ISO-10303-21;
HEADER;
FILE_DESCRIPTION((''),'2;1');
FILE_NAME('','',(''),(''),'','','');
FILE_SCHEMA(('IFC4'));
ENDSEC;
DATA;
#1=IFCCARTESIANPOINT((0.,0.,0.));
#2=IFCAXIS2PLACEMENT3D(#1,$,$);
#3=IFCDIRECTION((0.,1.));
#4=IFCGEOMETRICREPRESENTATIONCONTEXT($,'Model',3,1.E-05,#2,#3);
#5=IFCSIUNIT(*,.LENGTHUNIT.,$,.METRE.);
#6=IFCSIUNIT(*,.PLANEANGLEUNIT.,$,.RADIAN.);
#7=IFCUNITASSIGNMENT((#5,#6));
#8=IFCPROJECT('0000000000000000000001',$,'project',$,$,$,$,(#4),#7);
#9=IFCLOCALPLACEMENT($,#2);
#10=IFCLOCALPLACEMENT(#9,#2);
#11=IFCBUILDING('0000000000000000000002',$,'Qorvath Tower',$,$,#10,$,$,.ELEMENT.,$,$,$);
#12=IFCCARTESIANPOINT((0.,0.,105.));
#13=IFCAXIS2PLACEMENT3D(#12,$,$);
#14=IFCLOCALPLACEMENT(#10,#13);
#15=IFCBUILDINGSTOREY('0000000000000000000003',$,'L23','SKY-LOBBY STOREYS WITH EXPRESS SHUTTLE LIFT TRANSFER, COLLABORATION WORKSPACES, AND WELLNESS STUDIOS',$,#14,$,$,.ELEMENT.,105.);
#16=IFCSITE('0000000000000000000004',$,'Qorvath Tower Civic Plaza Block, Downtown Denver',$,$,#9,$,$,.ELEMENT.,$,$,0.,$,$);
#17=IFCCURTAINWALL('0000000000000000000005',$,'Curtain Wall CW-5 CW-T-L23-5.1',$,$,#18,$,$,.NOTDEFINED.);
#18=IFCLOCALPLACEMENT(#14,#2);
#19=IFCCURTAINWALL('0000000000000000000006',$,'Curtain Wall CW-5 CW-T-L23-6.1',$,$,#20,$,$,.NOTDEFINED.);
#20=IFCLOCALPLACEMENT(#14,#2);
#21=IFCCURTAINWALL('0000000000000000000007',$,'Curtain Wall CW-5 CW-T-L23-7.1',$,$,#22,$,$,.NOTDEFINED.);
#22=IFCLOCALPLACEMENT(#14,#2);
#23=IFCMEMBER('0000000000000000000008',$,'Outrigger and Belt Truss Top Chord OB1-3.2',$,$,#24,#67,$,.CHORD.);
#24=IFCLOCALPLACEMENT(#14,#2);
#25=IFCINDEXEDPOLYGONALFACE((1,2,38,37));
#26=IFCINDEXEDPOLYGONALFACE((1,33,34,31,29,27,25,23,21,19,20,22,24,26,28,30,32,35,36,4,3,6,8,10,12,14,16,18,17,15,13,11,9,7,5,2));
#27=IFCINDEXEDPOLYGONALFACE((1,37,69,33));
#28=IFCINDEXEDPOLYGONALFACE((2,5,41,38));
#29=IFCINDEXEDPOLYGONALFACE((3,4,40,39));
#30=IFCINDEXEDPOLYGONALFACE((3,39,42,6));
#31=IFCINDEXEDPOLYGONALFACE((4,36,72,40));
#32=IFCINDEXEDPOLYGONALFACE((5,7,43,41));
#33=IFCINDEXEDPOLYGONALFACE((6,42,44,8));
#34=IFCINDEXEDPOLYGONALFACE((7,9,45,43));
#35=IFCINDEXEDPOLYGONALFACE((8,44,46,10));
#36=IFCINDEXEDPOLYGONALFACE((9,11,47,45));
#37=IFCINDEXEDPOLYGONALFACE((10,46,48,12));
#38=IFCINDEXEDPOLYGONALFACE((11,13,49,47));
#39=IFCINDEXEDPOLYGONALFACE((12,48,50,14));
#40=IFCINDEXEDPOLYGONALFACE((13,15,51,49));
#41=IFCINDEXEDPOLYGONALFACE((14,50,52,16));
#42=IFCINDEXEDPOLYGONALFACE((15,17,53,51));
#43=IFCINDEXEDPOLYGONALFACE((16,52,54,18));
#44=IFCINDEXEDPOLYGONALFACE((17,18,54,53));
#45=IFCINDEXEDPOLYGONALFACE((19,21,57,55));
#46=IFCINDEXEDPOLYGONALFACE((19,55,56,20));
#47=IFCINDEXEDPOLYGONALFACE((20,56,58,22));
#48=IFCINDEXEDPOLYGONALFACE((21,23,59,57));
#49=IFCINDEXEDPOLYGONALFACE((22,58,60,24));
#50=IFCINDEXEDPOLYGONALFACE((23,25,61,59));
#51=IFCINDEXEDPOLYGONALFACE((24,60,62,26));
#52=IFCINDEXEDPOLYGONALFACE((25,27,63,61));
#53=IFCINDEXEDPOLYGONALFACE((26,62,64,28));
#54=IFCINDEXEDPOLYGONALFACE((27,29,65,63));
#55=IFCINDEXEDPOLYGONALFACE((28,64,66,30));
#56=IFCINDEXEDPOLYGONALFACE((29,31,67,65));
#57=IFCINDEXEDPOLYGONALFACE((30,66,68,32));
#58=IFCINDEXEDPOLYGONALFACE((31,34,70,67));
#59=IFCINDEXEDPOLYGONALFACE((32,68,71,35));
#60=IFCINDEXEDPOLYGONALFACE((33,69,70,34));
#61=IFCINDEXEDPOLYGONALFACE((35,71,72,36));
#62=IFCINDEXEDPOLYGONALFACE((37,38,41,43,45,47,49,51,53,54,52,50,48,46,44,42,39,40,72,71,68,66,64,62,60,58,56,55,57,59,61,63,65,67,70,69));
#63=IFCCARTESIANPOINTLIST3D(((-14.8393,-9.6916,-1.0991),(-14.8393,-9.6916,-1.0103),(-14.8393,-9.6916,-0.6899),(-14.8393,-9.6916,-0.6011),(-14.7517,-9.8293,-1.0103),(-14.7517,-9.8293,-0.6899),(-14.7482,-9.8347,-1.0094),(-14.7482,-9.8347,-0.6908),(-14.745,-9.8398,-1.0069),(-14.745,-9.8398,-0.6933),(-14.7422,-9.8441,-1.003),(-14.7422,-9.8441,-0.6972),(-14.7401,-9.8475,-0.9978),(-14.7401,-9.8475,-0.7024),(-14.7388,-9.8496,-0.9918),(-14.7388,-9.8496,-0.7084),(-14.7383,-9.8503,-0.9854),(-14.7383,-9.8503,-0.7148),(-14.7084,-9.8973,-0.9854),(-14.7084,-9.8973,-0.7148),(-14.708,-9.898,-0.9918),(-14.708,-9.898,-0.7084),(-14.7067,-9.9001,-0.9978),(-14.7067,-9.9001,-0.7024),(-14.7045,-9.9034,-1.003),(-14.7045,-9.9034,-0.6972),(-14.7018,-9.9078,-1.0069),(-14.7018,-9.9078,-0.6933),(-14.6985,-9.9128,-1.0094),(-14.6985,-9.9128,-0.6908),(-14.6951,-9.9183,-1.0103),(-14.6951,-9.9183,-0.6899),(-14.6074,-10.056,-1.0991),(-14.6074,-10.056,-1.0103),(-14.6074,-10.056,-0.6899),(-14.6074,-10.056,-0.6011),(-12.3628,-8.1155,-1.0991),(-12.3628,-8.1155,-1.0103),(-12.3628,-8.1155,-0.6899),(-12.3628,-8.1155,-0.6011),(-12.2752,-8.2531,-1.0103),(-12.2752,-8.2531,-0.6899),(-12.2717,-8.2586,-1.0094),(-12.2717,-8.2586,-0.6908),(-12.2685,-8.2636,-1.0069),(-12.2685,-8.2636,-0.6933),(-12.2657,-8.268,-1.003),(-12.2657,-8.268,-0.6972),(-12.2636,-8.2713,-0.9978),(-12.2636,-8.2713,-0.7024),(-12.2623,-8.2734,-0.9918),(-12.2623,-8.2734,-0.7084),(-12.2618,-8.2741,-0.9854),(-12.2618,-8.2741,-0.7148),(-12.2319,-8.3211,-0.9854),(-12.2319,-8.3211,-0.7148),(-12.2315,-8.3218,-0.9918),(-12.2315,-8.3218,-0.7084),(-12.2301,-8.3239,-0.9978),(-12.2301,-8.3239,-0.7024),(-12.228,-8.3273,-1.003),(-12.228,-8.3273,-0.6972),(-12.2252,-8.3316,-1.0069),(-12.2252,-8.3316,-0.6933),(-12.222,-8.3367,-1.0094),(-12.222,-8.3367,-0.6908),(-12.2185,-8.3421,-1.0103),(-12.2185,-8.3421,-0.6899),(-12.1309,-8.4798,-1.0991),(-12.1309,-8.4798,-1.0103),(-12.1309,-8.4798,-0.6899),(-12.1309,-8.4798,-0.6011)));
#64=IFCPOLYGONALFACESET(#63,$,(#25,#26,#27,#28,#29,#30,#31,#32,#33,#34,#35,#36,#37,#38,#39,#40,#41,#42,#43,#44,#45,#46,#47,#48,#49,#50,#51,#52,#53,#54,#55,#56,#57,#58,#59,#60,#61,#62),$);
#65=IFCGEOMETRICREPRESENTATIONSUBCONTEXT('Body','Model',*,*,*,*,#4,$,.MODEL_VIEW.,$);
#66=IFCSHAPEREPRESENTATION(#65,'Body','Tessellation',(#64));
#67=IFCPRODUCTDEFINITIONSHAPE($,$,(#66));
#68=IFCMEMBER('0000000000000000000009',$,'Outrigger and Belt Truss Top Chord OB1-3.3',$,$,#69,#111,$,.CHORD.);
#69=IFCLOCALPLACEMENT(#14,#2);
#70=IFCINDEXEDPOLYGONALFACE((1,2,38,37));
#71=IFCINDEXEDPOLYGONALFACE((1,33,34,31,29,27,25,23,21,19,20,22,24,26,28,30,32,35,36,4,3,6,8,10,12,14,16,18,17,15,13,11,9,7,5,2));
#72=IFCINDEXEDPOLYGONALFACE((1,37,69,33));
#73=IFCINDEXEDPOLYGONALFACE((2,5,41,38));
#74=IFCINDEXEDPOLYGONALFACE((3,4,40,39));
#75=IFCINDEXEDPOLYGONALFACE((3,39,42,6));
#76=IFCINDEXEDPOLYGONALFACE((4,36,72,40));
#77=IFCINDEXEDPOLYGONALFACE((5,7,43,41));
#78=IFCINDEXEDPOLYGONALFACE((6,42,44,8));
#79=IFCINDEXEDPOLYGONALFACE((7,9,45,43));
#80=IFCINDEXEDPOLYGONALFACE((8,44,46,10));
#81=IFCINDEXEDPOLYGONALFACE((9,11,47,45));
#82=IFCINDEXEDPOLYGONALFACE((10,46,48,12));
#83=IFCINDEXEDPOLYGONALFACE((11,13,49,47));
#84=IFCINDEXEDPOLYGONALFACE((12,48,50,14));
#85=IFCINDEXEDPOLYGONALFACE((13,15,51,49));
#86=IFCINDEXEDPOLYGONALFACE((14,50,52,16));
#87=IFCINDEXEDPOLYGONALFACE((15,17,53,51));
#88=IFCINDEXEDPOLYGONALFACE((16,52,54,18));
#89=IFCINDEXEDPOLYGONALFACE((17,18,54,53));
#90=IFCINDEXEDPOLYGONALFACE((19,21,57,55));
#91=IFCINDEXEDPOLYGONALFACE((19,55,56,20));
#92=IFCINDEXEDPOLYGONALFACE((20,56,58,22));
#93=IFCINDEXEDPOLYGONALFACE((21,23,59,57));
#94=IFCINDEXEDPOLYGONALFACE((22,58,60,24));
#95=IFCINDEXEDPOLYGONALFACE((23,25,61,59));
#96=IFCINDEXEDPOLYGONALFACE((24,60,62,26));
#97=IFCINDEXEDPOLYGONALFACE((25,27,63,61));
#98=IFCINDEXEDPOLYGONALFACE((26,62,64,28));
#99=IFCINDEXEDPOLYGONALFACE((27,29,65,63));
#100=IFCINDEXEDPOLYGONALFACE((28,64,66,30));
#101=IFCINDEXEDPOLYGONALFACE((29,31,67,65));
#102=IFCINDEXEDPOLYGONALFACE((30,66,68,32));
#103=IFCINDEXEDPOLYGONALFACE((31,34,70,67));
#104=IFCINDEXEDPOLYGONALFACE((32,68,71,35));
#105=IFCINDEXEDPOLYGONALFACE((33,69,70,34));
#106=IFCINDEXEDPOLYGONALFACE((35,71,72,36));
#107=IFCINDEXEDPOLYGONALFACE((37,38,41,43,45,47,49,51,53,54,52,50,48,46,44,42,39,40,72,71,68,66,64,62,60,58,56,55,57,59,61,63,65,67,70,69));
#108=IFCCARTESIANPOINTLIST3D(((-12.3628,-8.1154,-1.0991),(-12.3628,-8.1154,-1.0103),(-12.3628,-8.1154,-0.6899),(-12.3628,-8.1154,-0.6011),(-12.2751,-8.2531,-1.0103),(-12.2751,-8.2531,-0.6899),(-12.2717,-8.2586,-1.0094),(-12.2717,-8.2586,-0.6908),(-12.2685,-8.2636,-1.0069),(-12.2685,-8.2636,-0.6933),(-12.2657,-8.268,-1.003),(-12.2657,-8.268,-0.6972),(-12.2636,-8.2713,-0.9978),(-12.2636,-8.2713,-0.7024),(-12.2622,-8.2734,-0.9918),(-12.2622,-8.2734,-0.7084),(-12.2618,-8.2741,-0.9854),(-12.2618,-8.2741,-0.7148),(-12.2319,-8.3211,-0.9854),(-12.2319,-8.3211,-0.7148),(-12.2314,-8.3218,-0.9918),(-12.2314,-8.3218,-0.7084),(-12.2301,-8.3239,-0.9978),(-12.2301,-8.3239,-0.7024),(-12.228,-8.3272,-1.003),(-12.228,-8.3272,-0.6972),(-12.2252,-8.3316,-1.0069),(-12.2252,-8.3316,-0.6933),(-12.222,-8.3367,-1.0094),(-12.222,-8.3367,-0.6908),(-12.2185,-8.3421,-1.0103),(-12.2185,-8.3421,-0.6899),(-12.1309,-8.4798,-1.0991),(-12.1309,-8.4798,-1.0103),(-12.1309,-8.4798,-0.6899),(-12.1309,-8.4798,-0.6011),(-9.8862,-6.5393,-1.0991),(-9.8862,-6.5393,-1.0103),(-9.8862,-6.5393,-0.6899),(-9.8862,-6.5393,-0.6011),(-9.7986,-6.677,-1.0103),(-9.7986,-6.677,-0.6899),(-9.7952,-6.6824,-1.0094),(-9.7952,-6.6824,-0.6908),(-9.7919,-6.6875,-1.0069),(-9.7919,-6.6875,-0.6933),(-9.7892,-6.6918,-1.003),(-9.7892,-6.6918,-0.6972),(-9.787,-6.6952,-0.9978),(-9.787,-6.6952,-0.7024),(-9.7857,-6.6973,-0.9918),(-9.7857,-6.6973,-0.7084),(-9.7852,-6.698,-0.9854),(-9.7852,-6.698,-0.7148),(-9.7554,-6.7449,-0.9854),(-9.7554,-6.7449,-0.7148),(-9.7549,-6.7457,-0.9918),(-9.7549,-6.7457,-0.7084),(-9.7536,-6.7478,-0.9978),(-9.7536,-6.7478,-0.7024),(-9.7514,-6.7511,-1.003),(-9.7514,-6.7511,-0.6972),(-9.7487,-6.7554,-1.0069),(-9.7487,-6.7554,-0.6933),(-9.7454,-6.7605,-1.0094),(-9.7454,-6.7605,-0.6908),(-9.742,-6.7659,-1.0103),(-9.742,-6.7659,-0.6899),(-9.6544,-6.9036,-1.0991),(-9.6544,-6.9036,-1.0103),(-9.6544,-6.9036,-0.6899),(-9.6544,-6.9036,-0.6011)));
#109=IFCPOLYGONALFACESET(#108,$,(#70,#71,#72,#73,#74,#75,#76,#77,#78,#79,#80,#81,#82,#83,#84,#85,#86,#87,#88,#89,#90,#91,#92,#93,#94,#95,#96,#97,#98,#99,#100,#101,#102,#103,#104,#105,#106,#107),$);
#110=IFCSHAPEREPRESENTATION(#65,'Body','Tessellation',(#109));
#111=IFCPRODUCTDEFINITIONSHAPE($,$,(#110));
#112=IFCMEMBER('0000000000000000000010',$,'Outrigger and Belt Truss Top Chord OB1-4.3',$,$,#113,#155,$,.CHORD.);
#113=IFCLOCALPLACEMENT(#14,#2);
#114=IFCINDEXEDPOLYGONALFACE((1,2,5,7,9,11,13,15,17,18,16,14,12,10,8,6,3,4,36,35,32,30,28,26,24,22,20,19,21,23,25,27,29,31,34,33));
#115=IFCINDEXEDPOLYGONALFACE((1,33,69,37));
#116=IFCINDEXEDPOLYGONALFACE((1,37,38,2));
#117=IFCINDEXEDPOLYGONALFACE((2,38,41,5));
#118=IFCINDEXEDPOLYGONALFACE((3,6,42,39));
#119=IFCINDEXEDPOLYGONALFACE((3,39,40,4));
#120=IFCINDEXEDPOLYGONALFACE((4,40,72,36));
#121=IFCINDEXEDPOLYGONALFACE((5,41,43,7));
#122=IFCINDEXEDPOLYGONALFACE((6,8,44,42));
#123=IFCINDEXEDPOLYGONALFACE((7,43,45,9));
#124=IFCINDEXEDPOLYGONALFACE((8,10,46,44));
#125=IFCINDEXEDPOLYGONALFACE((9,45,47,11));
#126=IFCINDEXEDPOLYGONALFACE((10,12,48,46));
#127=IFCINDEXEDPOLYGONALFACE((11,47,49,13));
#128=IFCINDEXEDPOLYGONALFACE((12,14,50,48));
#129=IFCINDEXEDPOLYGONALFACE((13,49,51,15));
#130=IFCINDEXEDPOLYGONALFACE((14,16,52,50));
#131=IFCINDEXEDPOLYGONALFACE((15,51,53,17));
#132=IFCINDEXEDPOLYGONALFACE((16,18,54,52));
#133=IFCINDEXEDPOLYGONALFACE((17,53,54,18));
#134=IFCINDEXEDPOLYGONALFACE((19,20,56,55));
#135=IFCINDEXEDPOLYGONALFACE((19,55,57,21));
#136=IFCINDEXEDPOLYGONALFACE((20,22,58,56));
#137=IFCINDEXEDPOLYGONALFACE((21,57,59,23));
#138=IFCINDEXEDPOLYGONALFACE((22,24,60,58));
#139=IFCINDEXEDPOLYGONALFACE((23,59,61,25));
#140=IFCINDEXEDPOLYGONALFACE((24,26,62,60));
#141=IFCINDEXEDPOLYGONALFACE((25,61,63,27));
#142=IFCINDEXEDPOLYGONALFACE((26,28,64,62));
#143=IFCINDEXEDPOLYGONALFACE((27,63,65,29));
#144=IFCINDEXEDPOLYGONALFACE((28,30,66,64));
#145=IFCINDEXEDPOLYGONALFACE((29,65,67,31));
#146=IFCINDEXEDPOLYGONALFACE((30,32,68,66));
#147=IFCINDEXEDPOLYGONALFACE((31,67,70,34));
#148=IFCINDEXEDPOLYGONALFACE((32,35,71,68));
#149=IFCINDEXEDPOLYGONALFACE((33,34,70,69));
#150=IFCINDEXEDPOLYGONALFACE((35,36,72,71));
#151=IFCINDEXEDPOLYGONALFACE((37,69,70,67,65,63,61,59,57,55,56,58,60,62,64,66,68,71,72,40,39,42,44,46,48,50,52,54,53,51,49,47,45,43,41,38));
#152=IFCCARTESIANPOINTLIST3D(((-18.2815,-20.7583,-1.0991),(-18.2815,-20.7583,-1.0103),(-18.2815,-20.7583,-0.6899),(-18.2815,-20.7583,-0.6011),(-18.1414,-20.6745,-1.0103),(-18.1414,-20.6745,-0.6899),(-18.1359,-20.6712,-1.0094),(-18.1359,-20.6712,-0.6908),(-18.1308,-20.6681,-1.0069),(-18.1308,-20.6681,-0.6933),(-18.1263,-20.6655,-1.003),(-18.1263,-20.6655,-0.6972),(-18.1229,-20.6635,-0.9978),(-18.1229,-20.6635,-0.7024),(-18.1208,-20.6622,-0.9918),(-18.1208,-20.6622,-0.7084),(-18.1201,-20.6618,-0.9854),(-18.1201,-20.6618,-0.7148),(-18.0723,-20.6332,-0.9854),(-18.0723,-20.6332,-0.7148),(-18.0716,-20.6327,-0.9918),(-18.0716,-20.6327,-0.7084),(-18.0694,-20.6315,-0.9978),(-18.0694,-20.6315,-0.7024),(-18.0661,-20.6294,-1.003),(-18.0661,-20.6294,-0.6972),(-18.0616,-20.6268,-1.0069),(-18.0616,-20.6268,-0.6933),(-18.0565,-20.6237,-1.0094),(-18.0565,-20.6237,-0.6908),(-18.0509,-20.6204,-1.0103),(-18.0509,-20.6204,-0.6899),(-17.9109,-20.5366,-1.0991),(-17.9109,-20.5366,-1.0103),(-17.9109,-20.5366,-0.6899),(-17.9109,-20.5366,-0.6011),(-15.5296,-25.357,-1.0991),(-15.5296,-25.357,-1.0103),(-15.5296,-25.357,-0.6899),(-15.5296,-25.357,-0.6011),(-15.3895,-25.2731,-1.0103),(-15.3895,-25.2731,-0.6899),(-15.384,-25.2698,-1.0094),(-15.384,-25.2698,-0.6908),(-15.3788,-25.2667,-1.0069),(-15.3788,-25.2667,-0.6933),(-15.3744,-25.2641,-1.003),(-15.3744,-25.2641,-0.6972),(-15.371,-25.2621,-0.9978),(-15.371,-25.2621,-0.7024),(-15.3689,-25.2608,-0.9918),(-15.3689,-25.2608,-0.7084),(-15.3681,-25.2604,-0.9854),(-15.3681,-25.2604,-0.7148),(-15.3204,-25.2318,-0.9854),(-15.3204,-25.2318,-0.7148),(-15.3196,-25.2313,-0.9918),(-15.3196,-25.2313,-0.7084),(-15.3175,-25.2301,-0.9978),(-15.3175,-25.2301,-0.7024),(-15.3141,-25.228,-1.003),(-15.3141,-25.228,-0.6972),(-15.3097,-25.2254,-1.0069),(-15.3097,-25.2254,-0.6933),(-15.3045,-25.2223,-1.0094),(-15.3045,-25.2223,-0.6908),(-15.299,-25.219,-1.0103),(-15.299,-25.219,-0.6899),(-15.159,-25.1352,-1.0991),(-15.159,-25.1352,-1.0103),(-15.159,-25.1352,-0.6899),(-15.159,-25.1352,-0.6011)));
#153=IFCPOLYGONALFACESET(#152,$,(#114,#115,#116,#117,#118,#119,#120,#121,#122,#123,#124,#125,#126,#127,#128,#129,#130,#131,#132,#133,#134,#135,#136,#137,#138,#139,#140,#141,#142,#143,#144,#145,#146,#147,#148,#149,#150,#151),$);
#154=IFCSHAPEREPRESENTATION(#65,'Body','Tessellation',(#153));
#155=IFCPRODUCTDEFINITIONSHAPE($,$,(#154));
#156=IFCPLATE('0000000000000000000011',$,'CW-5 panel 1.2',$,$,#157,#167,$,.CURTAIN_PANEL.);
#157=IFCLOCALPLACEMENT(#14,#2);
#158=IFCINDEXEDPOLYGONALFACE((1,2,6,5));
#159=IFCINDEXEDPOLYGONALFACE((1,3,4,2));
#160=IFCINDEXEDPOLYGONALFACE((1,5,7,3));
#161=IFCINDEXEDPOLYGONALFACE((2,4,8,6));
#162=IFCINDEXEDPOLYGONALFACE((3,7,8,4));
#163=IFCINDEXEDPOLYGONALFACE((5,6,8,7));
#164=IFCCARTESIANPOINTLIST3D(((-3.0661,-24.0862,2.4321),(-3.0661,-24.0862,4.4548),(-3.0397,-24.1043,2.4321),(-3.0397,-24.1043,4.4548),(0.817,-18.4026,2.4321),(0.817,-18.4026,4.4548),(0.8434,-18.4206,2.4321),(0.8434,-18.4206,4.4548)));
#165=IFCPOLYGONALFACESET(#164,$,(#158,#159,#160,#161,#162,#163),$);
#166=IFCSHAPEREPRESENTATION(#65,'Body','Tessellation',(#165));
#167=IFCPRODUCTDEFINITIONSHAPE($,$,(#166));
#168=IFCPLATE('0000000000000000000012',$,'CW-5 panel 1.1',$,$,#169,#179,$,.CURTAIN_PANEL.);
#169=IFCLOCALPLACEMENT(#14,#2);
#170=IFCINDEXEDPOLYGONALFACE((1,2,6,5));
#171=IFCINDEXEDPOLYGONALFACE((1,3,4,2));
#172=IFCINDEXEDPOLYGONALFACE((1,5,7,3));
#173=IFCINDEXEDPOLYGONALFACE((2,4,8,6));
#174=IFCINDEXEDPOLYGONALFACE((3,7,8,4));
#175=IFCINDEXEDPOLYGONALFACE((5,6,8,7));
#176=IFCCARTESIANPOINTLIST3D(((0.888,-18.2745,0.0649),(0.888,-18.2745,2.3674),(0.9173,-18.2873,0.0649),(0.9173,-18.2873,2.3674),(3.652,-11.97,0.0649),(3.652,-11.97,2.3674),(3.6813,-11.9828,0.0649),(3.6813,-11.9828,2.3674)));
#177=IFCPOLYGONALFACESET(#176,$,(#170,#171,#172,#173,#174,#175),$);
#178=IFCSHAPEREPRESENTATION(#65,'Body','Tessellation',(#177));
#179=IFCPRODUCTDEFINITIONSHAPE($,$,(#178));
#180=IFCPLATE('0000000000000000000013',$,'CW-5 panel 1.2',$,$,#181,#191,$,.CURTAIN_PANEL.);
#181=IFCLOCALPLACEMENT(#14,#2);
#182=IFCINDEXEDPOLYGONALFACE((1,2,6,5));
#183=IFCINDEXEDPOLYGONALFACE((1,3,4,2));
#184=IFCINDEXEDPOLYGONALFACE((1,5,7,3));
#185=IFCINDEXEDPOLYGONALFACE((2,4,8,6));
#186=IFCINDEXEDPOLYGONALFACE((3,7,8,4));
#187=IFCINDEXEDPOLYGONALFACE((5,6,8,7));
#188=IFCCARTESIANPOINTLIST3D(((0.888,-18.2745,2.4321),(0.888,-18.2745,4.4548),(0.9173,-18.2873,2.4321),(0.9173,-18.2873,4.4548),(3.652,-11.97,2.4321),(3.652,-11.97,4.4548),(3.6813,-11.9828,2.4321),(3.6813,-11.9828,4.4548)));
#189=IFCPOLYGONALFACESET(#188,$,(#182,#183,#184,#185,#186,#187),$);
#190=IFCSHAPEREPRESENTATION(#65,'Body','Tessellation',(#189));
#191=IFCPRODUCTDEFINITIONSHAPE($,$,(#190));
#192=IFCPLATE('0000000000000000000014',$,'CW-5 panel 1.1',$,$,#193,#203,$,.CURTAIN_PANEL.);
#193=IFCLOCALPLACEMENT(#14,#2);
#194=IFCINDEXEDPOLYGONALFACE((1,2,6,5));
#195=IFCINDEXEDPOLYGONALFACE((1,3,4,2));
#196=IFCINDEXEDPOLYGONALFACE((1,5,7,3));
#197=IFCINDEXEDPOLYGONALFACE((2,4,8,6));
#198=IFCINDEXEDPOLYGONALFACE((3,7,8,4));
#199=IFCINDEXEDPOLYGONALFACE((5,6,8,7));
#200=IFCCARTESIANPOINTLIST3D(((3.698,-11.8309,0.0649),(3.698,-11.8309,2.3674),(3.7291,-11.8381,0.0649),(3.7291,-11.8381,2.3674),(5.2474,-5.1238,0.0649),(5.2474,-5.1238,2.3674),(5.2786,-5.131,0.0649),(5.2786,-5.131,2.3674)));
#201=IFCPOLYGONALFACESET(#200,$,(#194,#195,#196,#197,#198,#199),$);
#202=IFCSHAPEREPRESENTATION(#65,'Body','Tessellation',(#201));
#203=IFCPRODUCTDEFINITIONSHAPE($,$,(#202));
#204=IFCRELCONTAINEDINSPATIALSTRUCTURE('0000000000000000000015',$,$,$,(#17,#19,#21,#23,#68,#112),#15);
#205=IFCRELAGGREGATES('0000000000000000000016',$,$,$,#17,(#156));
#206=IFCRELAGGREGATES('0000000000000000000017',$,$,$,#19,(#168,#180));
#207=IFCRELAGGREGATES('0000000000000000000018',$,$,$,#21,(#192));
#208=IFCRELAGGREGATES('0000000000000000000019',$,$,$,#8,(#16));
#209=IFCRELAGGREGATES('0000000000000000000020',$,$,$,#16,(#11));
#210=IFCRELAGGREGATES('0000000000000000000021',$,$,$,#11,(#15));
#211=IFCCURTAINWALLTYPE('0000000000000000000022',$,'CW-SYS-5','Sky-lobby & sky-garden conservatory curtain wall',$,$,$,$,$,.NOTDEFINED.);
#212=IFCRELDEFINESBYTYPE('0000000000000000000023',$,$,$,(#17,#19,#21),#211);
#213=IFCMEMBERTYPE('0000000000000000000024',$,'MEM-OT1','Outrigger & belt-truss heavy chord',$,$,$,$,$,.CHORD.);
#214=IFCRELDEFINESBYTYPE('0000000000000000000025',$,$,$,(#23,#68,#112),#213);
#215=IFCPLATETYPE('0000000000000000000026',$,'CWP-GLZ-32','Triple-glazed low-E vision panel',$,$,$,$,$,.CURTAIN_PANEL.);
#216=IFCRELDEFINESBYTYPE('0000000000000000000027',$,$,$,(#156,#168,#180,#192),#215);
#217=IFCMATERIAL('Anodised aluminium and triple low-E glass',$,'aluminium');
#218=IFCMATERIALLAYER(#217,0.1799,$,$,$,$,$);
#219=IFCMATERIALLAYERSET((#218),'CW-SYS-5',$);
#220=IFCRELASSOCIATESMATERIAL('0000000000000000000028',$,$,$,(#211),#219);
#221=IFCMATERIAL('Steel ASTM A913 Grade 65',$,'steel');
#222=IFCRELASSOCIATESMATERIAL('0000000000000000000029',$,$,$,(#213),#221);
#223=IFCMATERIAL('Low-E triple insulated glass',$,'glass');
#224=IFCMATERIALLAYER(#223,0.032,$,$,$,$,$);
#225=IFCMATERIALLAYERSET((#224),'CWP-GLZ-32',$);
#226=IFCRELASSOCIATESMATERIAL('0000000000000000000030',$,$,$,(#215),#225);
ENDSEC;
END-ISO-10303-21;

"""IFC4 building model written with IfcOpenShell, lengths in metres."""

from ifc_helpers import new_model, si_unit, direction, frame, origin, origin_2d, place, context, subcontext, project, spatial, rectangle, i_section, extrude, material, layer, layer_set, material_profile, profile_set, type_object, element, aggregate, save


model = new_model("IFC4")

# Units and contexts
model_context = context("Model", 3, precision=1e-05, world=origin(), true_north=direction((0.0, 1.0)))
body_context = subcontext(model_context, "Body", "Model", "MODEL_VIEW")
ifc_project = project(units=[si_unit("LENGTHUNIT", "METRE"), si_unit("PLANEANGLEUNIT", "RADIAN")], contexts=[model_context])

# Site, building, storey
site_placement = place(None, origin())
site = spatial("IfcSite", under=ifc_project, at=site_placement, Name="Qorvath Tower Civic Plaza Block, Downtown Denver", CompositionType="ELEMENT", RefElevation=0.0)
building_placement = place(site_placement, origin())
building = spatial("IfcBuilding", under=site, at=building_placement, Name="Qorvath Tower", CompositionType="ELEMENT")
storey_placement = place(building_placement, frame((0.0, 0.0, 105.0)))
storey = spatial("IfcBuildingStorey", under=building, at=storey_placement, Name="L23", Description="SKY-LOBBY STOREYS WITH EXPRESS SHUTTLE LIFT TRANSFER, COLLABORATION WORKSPACES, AND WELLNESS STUDIOS", CompositionType="ELEMENT", Elevation=105.0)

# Curtain wall
ifc_material_1 = material(Name="Anodised aluminium and triple low-E glass", Category="aluminium")
ifc_layer_1 = layer(ifc_material_1, 0.1799)
ifc_layer_set_1 = layer_set([ifc_layer_1], Name="CW-SYS-5")
curtain_wall_type = type_object("IfcCurtainWallType", Name="CW-SYS-5", Description="Sky-lobby & sky-garden conservatory curtain wall", PredefinedType="NOTDEFINED", material=ifc_layer_set_1)
curtain_wall_1_placement = place(storey_placement, origin())
curtain_wall_1 = element("IfcCurtainWall", 1, at=curtain_wall_1_placement, inside=storey, type_object=curtain_wall_type, Name="Curtain Wall CW-5 CW-T-L23-5.1", PredefinedType="NOTDEFINED")

# Curtain wall
curtain_wall_2_placement = place(storey_placement, origin())
curtain_wall_2 = element("IfcCurtainWall", 2, at=curtain_wall_2_placement, inside=storey, type_object=curtain_wall_type, Name="Curtain Wall CW-5 CW-T-L23-6.1", PredefinedType="NOTDEFINED")

# Curtain wall
curtain_wall_3_placement = place(storey_placement, origin())
curtain_wall_3 = element("IfcCurtainWall", 3, at=curtain_wall_3_placement, inside=storey, type_object=curtain_wall_type, Name="Curtain Wall CW-5 CW-T-L23-7.1", PredefinedType="NOTDEFINED")

# Members
ifc_material_2 = material(Name="Steel ASTM A913 Grade 65", Category="steel")
ifc_material_profile_1 = material_profile(ifc_material_2, i_section(OverallWidth=0.4319, OverallDepth=0.498, WebThickness=0.0557, FlangeThickness=0.0889, FilletRadius=0.0249, at=origin_2d()), Name="W14x500")
ifc_profile_set_1 = profile_set([ifc_material_profile_1], Name="Steel ASTM A913 Grade 65")
member_type_1 = type_object("IfcMemberType", Name="MEM-OT1", Description="Outrigger & belt-truss heavy chord", PredefinedType="CHORD", material=ifc_profile_set_1)
for number, where, z_axis, x_axis, name in (
    (4, (-14.7234, -9.8738, -0.8501), (0.843634, 0.536919, 0.0), (-0.536919, 0.843634, 0.0), "Outrigger and Belt Truss Top Chord OB1-3.2"),
    (5, (-12.2468, -8.2976, -0.8501), (0.843634, 0.536919, 0.0), (-0.536919, 0.843634, 0.0), "Outrigger and Belt Truss Top Chord OB1-3.3"),
):
    element("IfcMember", number, at=place(storey_placement, frame(where, z_axis=z_axis, x_axis=x_axis)), inside=storey, type_object=member_type_1, Name=name, PredefinedType="CHORD", context=body_context, shape_type="SweptSolid", body=[
        extrude(i_section(OverallWidth=0.4319, OverallDepth=0.498, WebThickness=0.0557, FlangeThickness=0.0889, FilletRadius=0.0249, at=origin_2d()), origin(), (0.0, 0.0, 1.0), 2.9355),
    ])
member_1_placement = place(storey_placement, frame((-18.0962, -20.6475, -0.8501), z_axis=(0.513504, -0.858087, 0.0), x_axis=(0.858087, 0.513504, 0.0)))
element("IfcMember", 6, at=member_1_placement, inside=storey, type_object=member_type_1, Name="Outrigger and Belt Truss Top Chord OB1-4.3", PredefinedType="CHORD", context=body_context, shape_type="SweptSolid", body=[
    extrude(i_section(OverallWidth=0.4319, OverallDepth=0.498, WebThickness=0.0557, FlangeThickness=0.0889, FilletRadius=0.0249, at=origin_2d()), origin(), (0.0, 0.0, 1.0), 5.3591),
])

# Plates
ifc_material_3 = material(Name="Low-E triple insulated glass", Category="glass")
ifc_layer_2 = layer(ifc_material_3, 0.032)
ifc_layer_set_2 = layer_set([ifc_layer_2], Name="CWP-GLZ-32")
plate_type = type_object("IfcPlateType", Name="CWP-GLZ-32", Description="Triple-glazed low-E vision panel", PredefinedType="CURTAIN_PANEL", material=ifc_layer_set_2)
plate_1_placement = place(storey_placement, frame((-1.1113, -21.2534, 2.4321), z_axis=(0.0, 0.0, 1.0), x_axis=(0.56412, 0.825693, 0.0)))
plate_1 = element("IfcPlate", 7, at=plate_1_placement, type_object=plate_type, Name="CW-5 panel 1.2", PredefinedType="CURTAIN_PANEL", context=body_context, shape_type="SweptSolid", body=[
    extrude(rectangle(XDim=6.8835, YDim=0.032, at=origin_2d()), origin(), (0.0, 0.0, 1.0), 2.0227),
])
aggregate(curtain_wall_1, [plate_1])
plate_2_placement = place(storey_placement, frame((2.2847, -15.1287, 0.0649), z_axis=(0.0, 0.0, 1.0), x_axis=(0.401519, 0.915851, 0.0)))
plate_2 = element("IfcPlate", 8, at=plate_2_placement, type_object=plate_type, Name="CW-5 panel 1.1", PredefinedType="CURTAIN_PANEL", context=body_context, shape_type="SweptSolid", body=[
    extrude(rectangle(XDim=6.8838, YDim=0.032, at=origin_2d()), origin(), (0.0, 0.0, 1.0), 2.3025),
])
plate_3_placement = place(storey_placement, frame((2.2847, -15.1287, 2.4321), z_axis=(0.0, 0.0, 1.0), x_axis=(0.401519, 0.915851, 0.0)))
plate_3 = element("IfcPlate", 9, at=plate_3_placement, type_object=plate_type, Name="CW-5 panel 1.2", PredefinedType="CURTAIN_PANEL", context=body_context, shape_type="SweptSolid", body=[
    extrude(rectangle(XDim=6.8838, YDim=0.032, at=origin_2d()), origin(), (0.0, 0.0, 1.0), 2.0227),
])
aggregate(curtain_wall_2, [plate_2, plate_3])
plate_4_placement = place(storey_placement, frame((4.4883, -8.481, 0.0649), z_axis=(0.0, 0.0, 1.0), x_axis=(0.225085, 0.974339, 0.0)))
plate_4 = element("IfcPlate", 10, at=plate_4_placement, type_object=plate_type, Name="CW-5 panel 1.1", PredefinedType="CURTAIN_PANEL", context=body_context, shape_type="SweptSolid", body=[
    extrude(rectangle(XDim=6.8838, YDim=0.032, at=origin_2d()), origin(), (0.0, 0.0, 1.0), 2.3025),
])
aggregate(curtain_wall_3, [plate_4])

save(model, "model.ifc")
